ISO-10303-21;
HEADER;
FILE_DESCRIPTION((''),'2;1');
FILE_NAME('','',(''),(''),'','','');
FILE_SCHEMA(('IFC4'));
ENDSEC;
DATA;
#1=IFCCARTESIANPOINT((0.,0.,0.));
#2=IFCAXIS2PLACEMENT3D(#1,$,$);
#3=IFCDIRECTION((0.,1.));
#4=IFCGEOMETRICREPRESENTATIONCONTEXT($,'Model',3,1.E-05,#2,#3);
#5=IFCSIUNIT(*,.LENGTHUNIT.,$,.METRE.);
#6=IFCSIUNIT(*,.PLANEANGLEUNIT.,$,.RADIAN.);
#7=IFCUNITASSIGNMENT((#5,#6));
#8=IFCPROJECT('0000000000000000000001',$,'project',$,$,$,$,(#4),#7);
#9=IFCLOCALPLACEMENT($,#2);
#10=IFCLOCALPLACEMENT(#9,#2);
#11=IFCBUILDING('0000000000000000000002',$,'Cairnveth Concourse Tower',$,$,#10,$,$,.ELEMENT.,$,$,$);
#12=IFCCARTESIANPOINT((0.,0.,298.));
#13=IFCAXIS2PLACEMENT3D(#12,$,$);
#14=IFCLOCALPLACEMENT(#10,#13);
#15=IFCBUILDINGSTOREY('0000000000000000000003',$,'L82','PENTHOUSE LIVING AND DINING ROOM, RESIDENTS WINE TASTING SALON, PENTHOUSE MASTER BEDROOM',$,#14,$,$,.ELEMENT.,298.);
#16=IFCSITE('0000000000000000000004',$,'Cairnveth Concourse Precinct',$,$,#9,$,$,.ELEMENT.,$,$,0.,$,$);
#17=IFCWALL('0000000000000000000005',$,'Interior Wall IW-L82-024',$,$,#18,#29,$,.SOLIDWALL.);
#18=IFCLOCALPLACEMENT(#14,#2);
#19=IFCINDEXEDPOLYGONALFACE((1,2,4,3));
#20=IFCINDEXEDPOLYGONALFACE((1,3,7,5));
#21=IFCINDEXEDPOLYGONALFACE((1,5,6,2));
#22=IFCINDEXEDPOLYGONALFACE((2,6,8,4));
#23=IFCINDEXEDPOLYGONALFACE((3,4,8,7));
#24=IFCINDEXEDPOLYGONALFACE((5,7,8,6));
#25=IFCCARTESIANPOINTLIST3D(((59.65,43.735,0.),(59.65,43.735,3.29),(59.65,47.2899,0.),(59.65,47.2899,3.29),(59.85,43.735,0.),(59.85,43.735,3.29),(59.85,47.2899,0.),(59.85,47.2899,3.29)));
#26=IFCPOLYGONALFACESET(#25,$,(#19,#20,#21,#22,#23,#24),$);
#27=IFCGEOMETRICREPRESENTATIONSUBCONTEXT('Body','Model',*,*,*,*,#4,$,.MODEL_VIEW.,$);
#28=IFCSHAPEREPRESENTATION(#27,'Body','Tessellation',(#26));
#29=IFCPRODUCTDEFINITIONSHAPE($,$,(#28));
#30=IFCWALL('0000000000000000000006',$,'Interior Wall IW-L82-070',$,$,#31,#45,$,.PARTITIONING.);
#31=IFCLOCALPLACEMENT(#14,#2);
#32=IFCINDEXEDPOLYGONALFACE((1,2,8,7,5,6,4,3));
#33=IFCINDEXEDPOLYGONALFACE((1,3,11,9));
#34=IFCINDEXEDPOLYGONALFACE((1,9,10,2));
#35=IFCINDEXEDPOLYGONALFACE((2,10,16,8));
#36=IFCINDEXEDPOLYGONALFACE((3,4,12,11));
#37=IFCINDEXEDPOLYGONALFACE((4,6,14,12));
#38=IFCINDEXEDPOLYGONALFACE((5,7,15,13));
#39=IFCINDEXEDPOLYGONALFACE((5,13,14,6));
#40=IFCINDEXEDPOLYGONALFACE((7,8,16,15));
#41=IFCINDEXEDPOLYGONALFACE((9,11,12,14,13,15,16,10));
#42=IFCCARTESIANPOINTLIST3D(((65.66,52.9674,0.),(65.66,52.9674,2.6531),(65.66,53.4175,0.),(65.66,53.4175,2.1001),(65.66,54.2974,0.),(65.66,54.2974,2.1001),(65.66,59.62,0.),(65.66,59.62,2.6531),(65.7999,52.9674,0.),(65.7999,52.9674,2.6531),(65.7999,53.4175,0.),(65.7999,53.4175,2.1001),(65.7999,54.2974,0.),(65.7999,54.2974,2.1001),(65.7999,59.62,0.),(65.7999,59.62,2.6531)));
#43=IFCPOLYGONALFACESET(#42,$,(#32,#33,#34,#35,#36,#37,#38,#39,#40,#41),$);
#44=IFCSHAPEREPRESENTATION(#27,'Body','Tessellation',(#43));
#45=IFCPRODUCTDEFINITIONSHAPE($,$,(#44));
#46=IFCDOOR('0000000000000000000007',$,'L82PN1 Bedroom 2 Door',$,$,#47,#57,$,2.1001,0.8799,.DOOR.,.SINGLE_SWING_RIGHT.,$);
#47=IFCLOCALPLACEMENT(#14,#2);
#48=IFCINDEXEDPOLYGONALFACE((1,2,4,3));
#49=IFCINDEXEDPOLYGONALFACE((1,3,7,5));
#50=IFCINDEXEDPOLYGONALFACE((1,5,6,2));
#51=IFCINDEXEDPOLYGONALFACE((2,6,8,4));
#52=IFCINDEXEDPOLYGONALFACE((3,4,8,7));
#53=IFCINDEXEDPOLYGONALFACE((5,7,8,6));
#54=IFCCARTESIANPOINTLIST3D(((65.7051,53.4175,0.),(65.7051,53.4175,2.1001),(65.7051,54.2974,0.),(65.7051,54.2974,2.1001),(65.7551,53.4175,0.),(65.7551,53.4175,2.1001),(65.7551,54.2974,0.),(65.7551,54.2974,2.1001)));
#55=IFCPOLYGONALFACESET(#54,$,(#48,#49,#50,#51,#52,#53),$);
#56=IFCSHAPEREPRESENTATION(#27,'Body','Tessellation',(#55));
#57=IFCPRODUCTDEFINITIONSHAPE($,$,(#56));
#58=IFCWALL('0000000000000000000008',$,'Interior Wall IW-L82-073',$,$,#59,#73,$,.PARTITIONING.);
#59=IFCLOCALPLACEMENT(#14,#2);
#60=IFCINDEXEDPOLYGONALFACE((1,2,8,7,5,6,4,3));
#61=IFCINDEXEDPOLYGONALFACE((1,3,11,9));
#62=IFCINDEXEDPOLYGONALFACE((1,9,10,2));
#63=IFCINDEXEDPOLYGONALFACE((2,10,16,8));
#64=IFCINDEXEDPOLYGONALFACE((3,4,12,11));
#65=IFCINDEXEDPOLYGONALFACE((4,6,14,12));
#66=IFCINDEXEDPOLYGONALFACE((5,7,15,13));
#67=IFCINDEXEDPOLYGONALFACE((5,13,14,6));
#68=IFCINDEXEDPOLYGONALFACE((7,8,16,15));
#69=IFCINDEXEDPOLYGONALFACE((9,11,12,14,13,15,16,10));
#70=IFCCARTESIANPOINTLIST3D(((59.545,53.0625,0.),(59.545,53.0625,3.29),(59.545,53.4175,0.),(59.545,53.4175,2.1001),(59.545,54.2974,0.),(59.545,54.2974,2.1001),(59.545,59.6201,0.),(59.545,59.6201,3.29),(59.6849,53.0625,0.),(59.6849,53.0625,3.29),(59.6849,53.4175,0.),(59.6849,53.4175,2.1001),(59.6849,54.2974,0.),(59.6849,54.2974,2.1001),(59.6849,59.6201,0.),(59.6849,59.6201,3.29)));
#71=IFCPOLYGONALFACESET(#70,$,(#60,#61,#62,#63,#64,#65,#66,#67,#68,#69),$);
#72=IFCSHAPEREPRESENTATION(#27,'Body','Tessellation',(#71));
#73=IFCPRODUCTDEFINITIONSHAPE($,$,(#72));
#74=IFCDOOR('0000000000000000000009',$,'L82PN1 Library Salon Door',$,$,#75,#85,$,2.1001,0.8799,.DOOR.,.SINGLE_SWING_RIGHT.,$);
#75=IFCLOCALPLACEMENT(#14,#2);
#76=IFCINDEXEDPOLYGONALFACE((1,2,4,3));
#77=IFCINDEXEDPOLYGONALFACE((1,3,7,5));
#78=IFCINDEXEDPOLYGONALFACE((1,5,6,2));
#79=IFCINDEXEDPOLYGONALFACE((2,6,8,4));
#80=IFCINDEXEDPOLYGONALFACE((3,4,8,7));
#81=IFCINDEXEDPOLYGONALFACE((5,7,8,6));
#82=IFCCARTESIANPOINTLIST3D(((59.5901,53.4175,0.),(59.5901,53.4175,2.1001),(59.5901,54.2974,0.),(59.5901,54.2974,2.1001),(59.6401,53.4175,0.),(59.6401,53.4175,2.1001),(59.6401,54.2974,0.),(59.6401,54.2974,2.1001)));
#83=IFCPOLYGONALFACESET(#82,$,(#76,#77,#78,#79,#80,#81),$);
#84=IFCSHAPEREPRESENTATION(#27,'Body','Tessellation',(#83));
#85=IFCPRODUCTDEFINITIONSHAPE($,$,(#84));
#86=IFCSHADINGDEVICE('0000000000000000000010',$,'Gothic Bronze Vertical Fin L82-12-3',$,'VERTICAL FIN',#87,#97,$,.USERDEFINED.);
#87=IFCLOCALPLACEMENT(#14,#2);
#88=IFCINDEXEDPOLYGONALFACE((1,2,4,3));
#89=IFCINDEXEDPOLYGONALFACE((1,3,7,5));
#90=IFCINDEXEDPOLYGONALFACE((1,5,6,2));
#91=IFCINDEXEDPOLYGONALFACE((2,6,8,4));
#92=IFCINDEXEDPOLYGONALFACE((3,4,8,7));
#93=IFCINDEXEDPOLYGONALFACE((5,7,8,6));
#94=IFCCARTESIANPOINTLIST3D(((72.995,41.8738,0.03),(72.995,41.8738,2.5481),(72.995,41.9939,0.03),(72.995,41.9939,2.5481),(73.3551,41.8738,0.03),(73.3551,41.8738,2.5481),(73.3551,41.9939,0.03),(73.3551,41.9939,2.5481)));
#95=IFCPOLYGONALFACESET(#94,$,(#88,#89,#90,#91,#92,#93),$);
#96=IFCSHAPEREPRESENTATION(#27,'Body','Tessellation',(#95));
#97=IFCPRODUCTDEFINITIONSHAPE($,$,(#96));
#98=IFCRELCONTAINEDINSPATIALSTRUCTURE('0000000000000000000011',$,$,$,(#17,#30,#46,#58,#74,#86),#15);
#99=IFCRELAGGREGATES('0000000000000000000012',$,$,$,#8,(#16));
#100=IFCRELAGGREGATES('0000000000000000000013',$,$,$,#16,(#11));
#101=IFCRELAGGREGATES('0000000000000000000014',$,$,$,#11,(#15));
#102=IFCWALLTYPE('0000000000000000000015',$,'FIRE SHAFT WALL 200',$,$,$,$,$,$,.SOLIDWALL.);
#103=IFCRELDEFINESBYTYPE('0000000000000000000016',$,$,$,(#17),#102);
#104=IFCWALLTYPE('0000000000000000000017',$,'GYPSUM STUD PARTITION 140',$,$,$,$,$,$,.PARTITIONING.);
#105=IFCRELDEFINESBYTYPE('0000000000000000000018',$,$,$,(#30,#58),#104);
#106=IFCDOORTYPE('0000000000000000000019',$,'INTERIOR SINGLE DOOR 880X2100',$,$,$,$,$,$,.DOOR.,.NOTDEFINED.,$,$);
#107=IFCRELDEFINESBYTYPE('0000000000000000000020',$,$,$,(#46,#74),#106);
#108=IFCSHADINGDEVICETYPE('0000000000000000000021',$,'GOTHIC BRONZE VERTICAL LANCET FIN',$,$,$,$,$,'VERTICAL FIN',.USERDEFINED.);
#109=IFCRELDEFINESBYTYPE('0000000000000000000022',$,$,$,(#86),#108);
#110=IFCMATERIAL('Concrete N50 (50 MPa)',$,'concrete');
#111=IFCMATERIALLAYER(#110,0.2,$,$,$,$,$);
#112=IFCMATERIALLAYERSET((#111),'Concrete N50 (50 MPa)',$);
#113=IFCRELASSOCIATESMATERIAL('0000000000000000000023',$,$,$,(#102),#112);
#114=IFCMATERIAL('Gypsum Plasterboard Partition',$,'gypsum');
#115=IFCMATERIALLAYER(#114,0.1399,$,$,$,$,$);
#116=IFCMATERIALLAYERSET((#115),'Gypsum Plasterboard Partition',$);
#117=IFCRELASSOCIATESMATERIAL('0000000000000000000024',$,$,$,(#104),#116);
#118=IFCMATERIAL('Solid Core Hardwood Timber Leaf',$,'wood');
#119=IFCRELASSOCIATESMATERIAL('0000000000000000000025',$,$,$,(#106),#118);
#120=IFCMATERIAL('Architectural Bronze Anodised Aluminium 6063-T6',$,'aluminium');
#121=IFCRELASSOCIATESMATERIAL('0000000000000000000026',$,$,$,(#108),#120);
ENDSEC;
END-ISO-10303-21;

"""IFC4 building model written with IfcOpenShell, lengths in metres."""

from ifc_helpers import new_model, si_unit, direction, frame, frame_2d, origin, origin_2d, place, context, subcontext, project, spatial, rectangle, extrude, material, layer, layer_set, type_object, element, fill, save


model = new_model("IFC4")

# Units and contexts
model_context = context("Model", 3, precision=1e-05, world=origin(), true_north=direction((0.0, 1.0)))
body_context = subcontext(model_context, "Body", "Model", "MODEL_VIEW")
ifc_project = project(units=[si_unit("LENGTHUNIT", "METRE"), si_unit("PLANEANGLEUNIT", "RADIAN")], contexts=[model_context])

# Site, building, storey
site_placement = place(None, origin())
site = spatial("IfcSite", under=ifc_project, at=site_placement, Name="Cairnveth Concourse Precinct", CompositionType="ELEMENT", RefElevation=0.0)
building_placement = place(site_placement, origin())
building = spatial("IfcBuilding", under=site, at=building_placement, Name="Cairnveth Concourse Tower", CompositionType="ELEMENT")
storey_placement = place(building_placement, frame((0.0, 0.0, 298.0)))
storey = spatial("IfcBuildingStorey", under=building, at=storey_placement, Name="L82", Description="PENTHOUSE LIVING AND DINING ROOM, RESIDENTS WINE TASTING SALON, PENTHOUSE MASTER BEDROOM", CompositionType="ELEMENT", Elevation=298.0)

# Shared definitions
ifc_material_1 = material(Name="Concrete N50 (50 MPa)", Category="concrete")

# Shared definitions
ifc_material_2 = material(Name="Gypsum Plasterboard Partition", Category="gypsum")

# Shared definitions
ifc_layer_1 = layer(ifc_material_1, 0.2)
ifc_layer_set_1 = layer_set([ifc_layer_1], Name="Concrete N50 (50 MPa)")
wall_type_1 = type_object("IfcWallType", Name="FIRE SHAFT WALL 200", PredefinedType="SOLIDWALL", material=ifc_layer_set_1)

# Wall
wall_1_placement = place(storey_placement, frame((59.75, 43.7351, 0.0), z_axis=(0.0, 0.0, 1.0), x_axis=(0.0, 1.0, 0.0)))
element("IfcWall", 1, at=wall_1_placement, inside=storey, type_object=wall_type_1, Name="Interior Wall IW-L82-024", PredefinedType="SOLIDWALL", context=body_context, shape_type="SweptSolid", body=[
    extrude(rectangle(XDim=3.5549, YDim=0.2, at=frame_2d((1.7773, 0.0))), origin(), (0.0, 0.0, 1.0), 3.29),
])

# Walls, openings, doors
ifc_layer_2 = layer(ifc_material_2, 0.1399)
ifc_layer_set_2 = layer_set([ifc_layer_2], Name="Gypsum Plasterboard Partition")
wall_type_2 = type_object("IfcWallType", Name="GYPSUM STUD PARTITION 140", PredefinedType="PARTITIONING", material=ifc_layer_set_2)
wall_2_placement = place(storey_placement, frame((65.73, 52.9675, 0.0), z_axis=(0.0, 0.0, 1.0), x_axis=(0.0, 1.0, 0.0)))
wall_2 = element("IfcWall", 2, at=wall_2_placement, inside=storey, type_object=wall_type_2, Name="Interior Wall IW-L82-070", PredefinedType="PARTITIONING", context=body_context, shape_type="SweptSolid", body=[
    extrude(rectangle(XDim=6.6526, YDim=0.1399, at=frame_2d((3.3262, 0.0))), origin(), (0.0, 0.0, 1.0), 2.6531),
])
opening_1_placement = place(wall_2_placement, frame((0.45, 0.0, 0.0)))
opening_1 = element("IfcOpeningElement", 3, at=opening_1_placement, cuts=wall_2, PredefinedType="OPENING", context=body_context, shape_type="SweptSolid", body=[
    extrude(rectangle(XDim=0.8799, YDim=2.1001, at=frame_2d((0.4399, 1.05))), frame((0.0, 0.0798, 0.0), z_axis=(0.0, -1.0, 0.0), x_axis=(1.0, 0.0, 0.0)), (0.0, 0.0, 1.0), 0.1599),
])
ifc_material_3 = material(Name="Solid Core Hardwood Timber Leaf", Category="wood")
door_type_1 = type_object("IfcDoorType", Name="INTERIOR SINGLE DOOR 880X2100", OperationType="NOTDEFINED", PredefinedType="DOOR", material=ifc_material_3)
door_1_placement = place(opening_1_placement, origin())
door_1 = element("IfcDoor", 4, at=door_1_placement, inside=storey, type_object=door_type_1, Name="L82PN1 Bedroom 2 Door", OperationType="SINGLE_SWING_RIGHT", OverallHeight=2.1001, OverallWidth=0.8799, PredefinedType="DOOR", context=body_context, shape_type="SweptSolid", body=[
    extrude(rectangle(XDim=0.8799, YDim=2.1001, at=frame_2d((0.4399, 1.05))), frame((0.0, 0.0249, 0.0), z_axis=(0.0, -1.0, 0.0), x_axis=(1.0, 0.0, 0.0)), (0.0, 0.0, 1.0), 0.05),
])
fill(opening_1, door_1)
wall_3_placement = place(storey_placement, frame((59.615, 53.0625, 0.0), z_axis=(0.0, 0.0, 1.0), x_axis=(0.0, 1.0, 0.0)))
wall_3 = element("IfcWall", 5, at=wall_3_placement, inside=storey, type_object=wall_type_2, Name="Interior Wall IW-L82-073", PredefinedType="PARTITIONING", context=body_context, shape_type="SweptSolid", body=[
    extrude(rectangle(XDim=6.5576, YDim=0.1399, at=frame_2d((3.2788, 0.0))), origin(), (0.0, 0.0, 1.0), 3.29),
])
opening_2_placement = place(wall_3_placement, frame((0.355, 0.0, 0.0)))
opening_2 = element("IfcOpeningElement", 6, at=opening_2_placement, cuts=wall_3, PredefinedType="OPENING", context=body_context, shape_type="SweptSolid", body=[
    extrude(rectangle(XDim=0.8799, YDim=2.1001, at=frame_2d((0.4399, 1.05))), frame((0.0, 0.0798, 0.0), z_axis=(0.0, -1.0, 0.0), x_axis=(1.0, 0.0, 0.0)), (0.0, 0.0, 1.0), 0.1599),
])
door_2_placement = place(opening_2_placement, origin())
door_2 = element("IfcDoor", 7, at=door_2_placement, inside=storey, type_object=door_type_1, Name="L82PN1 Library Salon Door", OperationType="SINGLE_SWING_RIGHT", OverallHeight=2.1001, OverallWidth=0.8799, PredefinedType="DOOR", context=body_context, shape_type="SweptSolid", body=[
    extrude(rectangle(XDim=0.8799, YDim=2.1001, at=frame_2d((0.4399, 1.05))), frame((0.0, 0.0249, 0.0), z_axis=(0.0, -1.0, 0.0), x_axis=(1.0, 0.0, 0.0)), (0.0, 0.0, 1.0), 0.05),
])
fill(opening_2, door_2)

# Shading device
ifc_material_4 = material(Name="Architectural Bronze Anodised Aluminium 6063-T6", Category="aluminium")
shading_device_type = type_object("IfcShadingDeviceType", Name="GOTHIC BRONZE VERTICAL LANCET FIN", ElementType="VERTICAL FIN", PredefinedType="USERDEFINED", material=ifc_material_4)
shading_device_placement = place(storey_placement, frame((73.175, 41.9338, 0.03), z_axis=(0.0, 0.0, 1.0), x_axis=(0.0, 1.0, 0.0)))
element("IfcShadingDevice", 8, at=shading_device_placement, inside=storey, type_object=shading_device_type, Name="Gothic Bronze Vertical Fin L82-12-3", ObjectType="VERTICAL FIN", PredefinedType="USERDEFINED", context=body_context, shape_type="SweptSolid", body=[
    extrude(rectangle(XDim=0.1201, YDim=0.3601, at=origin_2d()), origin(), (0.0, 0.0, 1.0), 2.5181),
])

save(model, "model.ifc")
